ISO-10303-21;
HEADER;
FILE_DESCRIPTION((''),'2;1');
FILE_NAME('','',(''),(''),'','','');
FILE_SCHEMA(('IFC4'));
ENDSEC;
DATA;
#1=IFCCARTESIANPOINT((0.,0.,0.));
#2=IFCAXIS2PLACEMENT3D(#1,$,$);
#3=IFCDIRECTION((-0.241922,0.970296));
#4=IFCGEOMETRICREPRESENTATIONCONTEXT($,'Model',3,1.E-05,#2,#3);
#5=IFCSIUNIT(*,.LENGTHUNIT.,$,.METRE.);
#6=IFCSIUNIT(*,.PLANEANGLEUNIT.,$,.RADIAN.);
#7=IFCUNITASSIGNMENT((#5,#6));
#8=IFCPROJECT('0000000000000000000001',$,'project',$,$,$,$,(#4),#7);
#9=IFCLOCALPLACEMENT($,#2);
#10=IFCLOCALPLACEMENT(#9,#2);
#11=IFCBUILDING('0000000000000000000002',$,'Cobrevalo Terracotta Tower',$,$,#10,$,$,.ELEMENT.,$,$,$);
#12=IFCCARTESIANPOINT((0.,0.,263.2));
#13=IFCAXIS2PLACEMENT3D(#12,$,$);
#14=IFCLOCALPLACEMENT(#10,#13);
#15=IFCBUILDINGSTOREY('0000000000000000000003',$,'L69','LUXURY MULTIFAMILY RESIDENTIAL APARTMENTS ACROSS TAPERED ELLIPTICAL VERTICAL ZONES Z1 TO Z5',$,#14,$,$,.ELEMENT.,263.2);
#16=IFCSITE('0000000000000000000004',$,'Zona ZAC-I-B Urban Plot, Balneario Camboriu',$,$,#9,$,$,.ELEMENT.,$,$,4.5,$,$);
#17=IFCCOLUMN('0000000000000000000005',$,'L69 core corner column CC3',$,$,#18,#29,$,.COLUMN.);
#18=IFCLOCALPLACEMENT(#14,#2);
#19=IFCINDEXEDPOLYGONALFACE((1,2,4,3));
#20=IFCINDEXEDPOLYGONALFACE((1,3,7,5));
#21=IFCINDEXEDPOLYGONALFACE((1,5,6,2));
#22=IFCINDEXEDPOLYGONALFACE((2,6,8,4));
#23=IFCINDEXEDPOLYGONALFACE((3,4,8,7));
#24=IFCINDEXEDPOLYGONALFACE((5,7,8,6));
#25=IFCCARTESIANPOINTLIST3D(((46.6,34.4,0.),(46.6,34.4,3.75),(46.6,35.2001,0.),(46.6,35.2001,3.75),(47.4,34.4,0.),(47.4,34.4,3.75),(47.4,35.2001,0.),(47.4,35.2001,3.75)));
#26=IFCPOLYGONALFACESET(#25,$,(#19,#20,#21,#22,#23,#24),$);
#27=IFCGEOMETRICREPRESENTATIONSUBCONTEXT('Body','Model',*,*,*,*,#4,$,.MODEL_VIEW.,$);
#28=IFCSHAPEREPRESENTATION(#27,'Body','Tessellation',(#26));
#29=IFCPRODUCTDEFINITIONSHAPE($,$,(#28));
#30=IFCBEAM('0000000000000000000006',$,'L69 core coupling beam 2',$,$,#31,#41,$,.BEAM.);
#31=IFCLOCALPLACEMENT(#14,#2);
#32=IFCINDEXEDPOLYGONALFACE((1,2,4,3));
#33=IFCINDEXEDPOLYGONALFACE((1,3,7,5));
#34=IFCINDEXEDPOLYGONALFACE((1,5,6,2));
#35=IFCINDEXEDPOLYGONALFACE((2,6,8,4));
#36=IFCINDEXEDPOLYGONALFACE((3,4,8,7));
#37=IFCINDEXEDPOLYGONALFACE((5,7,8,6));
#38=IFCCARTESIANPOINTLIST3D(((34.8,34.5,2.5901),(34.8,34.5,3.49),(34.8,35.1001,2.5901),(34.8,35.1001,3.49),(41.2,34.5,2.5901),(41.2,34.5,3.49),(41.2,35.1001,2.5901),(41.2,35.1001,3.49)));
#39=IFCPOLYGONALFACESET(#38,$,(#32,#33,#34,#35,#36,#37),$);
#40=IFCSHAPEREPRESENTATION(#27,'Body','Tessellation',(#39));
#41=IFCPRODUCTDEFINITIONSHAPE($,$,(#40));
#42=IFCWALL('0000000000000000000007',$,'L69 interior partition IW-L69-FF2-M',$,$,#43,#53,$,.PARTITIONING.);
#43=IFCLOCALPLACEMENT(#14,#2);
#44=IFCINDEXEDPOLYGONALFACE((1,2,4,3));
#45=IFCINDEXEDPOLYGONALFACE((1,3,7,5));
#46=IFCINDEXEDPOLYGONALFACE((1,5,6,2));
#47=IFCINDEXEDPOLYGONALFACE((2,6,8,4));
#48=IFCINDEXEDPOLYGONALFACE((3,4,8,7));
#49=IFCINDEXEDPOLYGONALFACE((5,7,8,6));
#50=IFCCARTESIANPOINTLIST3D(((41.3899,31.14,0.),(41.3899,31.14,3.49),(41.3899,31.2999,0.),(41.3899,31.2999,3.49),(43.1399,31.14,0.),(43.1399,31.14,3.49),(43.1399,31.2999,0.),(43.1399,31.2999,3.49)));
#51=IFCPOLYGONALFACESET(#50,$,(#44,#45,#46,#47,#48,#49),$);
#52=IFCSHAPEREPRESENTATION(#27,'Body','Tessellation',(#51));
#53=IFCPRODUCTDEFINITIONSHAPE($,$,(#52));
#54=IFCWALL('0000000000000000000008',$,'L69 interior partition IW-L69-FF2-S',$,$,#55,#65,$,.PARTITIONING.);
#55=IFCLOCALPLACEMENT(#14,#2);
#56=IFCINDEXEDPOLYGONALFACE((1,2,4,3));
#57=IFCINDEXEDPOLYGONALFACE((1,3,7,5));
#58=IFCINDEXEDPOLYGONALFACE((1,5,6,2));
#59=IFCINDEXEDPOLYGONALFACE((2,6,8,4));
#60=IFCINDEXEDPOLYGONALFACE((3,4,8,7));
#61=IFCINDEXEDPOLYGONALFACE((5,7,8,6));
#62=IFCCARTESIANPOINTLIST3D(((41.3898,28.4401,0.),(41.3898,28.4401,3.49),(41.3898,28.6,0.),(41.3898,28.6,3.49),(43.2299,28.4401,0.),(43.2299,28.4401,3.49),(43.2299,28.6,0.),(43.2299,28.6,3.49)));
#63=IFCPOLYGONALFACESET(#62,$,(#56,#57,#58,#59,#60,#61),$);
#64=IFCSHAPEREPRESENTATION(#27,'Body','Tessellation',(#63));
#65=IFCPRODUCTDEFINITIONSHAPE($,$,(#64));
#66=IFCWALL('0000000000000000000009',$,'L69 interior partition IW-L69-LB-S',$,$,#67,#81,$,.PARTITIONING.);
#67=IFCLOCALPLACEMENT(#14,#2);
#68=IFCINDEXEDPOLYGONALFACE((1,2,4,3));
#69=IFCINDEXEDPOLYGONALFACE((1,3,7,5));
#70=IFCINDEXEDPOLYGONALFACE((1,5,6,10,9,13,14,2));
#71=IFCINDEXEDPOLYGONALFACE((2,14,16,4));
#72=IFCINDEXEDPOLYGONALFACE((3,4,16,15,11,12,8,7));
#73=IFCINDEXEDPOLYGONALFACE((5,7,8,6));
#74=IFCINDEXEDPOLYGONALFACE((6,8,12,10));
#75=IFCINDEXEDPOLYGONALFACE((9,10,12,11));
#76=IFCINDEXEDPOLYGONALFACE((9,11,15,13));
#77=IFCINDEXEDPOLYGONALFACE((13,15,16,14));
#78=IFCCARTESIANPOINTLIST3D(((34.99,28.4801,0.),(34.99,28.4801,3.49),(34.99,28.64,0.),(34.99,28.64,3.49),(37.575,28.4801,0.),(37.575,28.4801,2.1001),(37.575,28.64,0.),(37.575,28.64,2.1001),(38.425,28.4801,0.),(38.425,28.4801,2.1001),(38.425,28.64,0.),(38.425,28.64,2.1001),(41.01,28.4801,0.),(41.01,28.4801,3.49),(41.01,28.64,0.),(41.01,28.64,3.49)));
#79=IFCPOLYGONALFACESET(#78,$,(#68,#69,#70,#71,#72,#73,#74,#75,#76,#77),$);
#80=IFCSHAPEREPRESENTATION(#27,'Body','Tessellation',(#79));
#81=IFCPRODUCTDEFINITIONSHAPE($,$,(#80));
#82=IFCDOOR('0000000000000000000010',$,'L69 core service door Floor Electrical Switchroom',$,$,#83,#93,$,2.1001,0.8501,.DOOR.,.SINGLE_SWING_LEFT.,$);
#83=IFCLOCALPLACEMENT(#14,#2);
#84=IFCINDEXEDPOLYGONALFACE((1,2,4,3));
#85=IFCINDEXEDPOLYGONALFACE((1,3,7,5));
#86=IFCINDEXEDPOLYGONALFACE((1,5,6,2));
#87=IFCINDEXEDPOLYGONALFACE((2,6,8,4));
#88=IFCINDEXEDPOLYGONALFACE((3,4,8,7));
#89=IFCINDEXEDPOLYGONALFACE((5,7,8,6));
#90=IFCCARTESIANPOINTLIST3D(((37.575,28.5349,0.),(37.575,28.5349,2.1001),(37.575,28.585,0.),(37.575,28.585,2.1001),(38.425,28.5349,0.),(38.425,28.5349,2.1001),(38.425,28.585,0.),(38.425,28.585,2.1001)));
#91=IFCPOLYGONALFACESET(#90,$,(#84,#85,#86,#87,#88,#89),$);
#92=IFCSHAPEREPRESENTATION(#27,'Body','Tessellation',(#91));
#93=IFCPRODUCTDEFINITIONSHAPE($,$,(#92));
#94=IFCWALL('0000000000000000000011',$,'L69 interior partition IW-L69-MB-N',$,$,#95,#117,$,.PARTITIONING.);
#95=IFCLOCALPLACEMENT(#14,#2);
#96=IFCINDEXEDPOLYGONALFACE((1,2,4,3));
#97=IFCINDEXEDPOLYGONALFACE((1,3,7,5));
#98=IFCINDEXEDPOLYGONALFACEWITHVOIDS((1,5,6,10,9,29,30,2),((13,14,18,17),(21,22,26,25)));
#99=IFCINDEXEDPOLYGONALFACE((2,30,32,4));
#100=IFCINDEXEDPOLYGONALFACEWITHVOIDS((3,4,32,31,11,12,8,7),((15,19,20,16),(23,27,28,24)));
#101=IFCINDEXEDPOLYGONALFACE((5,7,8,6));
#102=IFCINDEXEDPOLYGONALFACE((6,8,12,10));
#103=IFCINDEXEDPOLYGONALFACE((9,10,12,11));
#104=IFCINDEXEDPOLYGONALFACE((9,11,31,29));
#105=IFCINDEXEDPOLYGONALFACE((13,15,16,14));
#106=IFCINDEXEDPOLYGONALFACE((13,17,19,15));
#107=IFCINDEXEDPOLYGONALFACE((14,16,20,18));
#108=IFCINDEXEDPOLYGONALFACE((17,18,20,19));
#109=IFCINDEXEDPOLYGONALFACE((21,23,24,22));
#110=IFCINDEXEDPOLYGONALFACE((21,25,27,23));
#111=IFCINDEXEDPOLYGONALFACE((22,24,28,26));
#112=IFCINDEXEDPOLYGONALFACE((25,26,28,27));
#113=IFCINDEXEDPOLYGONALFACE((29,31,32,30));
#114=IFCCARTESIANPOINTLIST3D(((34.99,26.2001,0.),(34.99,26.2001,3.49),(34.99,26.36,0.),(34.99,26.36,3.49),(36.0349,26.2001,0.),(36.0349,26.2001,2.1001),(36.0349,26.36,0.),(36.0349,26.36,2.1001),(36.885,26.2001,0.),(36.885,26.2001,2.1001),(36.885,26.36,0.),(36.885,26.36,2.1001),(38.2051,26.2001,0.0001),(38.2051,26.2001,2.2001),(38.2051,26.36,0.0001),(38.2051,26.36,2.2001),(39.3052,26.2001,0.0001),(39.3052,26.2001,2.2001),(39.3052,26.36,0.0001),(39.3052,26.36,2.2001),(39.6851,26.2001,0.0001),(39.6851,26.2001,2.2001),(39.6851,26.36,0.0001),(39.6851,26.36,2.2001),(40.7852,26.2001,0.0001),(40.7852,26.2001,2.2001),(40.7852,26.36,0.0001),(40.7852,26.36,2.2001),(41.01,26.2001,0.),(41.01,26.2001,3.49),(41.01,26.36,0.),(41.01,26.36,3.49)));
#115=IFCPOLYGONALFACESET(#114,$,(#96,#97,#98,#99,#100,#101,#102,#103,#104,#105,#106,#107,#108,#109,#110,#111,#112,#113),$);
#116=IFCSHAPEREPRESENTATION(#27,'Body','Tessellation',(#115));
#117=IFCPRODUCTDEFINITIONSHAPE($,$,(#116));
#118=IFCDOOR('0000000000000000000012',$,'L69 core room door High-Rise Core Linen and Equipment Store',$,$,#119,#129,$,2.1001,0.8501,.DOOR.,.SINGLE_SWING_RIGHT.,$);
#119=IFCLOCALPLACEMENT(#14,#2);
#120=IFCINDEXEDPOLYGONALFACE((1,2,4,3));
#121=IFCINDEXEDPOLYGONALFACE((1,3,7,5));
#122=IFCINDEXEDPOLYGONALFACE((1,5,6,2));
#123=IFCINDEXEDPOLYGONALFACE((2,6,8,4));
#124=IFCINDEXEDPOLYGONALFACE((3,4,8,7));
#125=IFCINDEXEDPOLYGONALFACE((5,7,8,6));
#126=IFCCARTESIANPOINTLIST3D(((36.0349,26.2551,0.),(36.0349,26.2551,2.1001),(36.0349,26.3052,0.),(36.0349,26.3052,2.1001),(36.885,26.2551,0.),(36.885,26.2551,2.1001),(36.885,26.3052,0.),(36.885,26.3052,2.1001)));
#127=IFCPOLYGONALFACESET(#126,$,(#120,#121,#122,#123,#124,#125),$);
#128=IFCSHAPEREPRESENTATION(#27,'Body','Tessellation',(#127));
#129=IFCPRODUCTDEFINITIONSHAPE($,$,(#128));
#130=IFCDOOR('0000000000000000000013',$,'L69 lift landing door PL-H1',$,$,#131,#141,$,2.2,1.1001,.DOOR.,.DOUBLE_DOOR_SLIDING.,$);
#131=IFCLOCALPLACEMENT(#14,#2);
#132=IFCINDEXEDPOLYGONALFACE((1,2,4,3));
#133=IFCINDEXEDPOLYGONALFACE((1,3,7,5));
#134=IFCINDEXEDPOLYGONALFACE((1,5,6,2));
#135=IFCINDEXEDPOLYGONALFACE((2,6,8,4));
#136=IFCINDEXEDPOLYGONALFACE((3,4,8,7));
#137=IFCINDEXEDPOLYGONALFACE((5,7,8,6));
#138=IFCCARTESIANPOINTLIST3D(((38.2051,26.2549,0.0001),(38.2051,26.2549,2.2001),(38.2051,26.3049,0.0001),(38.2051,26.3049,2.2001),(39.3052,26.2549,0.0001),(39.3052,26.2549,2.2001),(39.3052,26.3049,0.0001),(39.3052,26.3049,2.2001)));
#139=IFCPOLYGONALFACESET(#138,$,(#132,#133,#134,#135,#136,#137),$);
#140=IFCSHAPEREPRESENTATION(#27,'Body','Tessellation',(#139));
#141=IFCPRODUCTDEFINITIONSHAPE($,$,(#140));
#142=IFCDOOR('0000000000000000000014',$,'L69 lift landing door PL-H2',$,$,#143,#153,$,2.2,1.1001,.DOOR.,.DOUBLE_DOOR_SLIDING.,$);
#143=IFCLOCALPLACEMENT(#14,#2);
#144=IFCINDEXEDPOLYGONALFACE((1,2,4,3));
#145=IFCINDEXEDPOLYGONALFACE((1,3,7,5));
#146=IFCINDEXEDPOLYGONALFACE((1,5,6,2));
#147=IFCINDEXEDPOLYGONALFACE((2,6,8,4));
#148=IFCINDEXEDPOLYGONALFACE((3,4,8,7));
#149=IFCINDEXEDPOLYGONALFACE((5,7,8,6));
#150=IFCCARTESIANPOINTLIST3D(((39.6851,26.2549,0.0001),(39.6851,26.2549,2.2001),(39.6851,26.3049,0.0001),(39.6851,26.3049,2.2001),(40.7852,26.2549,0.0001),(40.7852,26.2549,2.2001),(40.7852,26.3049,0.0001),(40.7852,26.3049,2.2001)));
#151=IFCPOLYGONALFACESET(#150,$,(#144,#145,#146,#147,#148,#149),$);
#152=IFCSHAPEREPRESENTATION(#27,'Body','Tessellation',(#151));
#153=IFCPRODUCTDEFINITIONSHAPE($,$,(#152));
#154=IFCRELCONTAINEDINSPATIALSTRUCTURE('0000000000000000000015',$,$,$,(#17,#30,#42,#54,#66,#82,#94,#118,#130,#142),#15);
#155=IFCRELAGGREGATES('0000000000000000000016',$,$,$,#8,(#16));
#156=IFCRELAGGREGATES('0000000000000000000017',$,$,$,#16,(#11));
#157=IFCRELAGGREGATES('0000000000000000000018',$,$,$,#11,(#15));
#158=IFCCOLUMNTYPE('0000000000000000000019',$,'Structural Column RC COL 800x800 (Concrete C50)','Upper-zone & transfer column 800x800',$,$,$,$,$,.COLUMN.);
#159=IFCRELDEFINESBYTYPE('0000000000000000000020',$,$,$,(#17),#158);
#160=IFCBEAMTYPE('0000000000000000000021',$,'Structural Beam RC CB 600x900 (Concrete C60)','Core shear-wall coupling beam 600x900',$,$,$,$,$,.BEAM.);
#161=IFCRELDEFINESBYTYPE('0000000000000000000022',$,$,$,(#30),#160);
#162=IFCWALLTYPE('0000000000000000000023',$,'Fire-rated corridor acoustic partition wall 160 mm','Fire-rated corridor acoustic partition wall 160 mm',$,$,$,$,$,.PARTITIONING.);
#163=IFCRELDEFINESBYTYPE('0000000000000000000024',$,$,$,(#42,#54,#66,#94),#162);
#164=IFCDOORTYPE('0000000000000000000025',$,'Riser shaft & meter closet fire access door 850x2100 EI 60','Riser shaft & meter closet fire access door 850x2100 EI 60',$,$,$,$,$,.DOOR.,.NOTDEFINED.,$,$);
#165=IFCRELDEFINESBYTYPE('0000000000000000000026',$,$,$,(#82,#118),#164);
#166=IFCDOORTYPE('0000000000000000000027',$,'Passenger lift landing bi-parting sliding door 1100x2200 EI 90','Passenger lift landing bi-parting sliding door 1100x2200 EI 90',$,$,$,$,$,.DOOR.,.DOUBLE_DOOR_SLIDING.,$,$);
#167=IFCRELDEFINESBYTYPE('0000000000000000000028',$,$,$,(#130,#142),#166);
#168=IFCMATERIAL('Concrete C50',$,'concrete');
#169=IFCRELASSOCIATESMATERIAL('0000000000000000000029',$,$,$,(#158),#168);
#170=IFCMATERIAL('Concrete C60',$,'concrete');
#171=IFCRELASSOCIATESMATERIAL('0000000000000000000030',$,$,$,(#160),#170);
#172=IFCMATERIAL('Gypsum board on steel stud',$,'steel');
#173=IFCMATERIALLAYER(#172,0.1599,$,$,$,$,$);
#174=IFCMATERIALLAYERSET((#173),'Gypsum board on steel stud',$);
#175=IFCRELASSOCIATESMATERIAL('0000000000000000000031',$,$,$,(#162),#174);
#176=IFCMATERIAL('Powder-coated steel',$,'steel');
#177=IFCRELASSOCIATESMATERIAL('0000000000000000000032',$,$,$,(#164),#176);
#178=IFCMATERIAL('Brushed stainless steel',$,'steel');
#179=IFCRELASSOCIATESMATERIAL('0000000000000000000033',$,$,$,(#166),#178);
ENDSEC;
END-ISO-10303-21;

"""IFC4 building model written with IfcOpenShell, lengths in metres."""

from ifc_helpers import new_model, si_unit, direction, frame, frame_2d, origin, origin_2d, place, context, subcontext, project, spatial, rectangle, extrude, source, transform, mapped, material, layer, layer_set, material_profile, profile_set, type_object, element, fill, save


model = new_model("IFC4")

# Units and contexts
model_context = context("Model", 3, precision=1e-05, world=origin(), true_north=direction((-0.241922, 0.970296)))
body_context = subcontext(model_context, "Body", "Model", "MODEL_VIEW")
ifc_project = project(units=[si_unit("LENGTHUNIT", "METRE"), si_unit("PLANEANGLEUNIT", "RADIAN")], contexts=[model_context])

# Site, building, storey
site_placement = place(None, origin())
site = spatial("IfcSite", under=ifc_project, at=site_placement, Name="Zona ZAC-I-B Urban Plot, Balneario Camboriu", CompositionType="ELEMENT", RefElevation=4.5)
building_placement = place(site_placement, origin())
building = spatial("IfcBuilding", under=site, at=building_placement, Name="Cobrevalo Terracotta Tower", CompositionType="ELEMENT")
storey_placement = place(building_placement, frame((0.0, 0.0, 263.2)))
storey = spatial("IfcBuildingStorey", under=building, at=storey_placement, Name="L69", Description="LUXURY MULTIFAMILY RESIDENTIAL APARTMENTS ACROSS TAPERED ELLIPTICAL VERTICAL ZONES Z1 TO Z5", CompositionType="ELEMENT", Elevation=263.2)

# Column
ifc_material_1 = material(Name="Concrete C50", Category="concrete")
ifc_material_profile_1 = material_profile(ifc_material_1, rectangle(XDim=0.8, YDim=0.8, at=origin_2d()), Name="RC COL 800x800")
ifc_profile_set_1 = profile_set([ifc_material_profile_1], Name="Concrete C50")
column_type = type_object("IfcColumnType", Name="Structural Column RC COL 800x800 (Concrete C50)", Description="Upper-zone & transfer column 800x800", PredefinedType="COLUMN", material=ifc_profile_set_1)
column_placement = place(storey_placement, frame((47.0, 34.8, 0.0), z_axis=(0.0, 0.0, 1.0), x_axis=(1.0, 0.0, 0.0)))
element("IfcColumn", 1, at=column_placement, inside=storey, type_object=column_type, Name="L69 core corner column CC3", PredefinedType="COLUMN", context=body_context, shape_type="SweptSolid", body=[
    extrude(rectangle(XDim=0.8, YDim=0.8, at=origin_2d()), origin(), (0.0, 0.0, 1.0), 3.75),
])

# Beam
ifc_material_2 = material(Name="Concrete C60", Category="concrete")
ifc_material_profile_2 = material_profile(ifc_material_2, rectangle(XDim=0.6001, YDim=0.8999, at=origin_2d()), Name="RC CB 600x900")
ifc_profile_set_2 = profile_set([ifc_material_profile_2], Name="Concrete C60")
beam_type = type_object("IfcBeamType", Name="Structural Beam RC CB 600x900 (Concrete C60)", Description="Core shear-wall coupling beam 600x900", PredefinedType="BEAM", material=ifc_profile_set_2)
beam_placement = place(storey_placement, frame((34.8, 34.8, 3.04), z_axis=(1.0, 0.0, 0.0), x_axis=(0.0, 1.0, 0.0)))
element("IfcBeam", 2, at=beam_placement, inside=storey, type_object=beam_type, Name="L69 core coupling beam 2", PredefinedType="BEAM", context=body_context, shape_type="SweptSolid", body=[
    extrude(rectangle(XDim=0.6001, YDim=0.8999, at=origin_2d()), origin(), (0.0, 0.0, 1.0), 6.3999),
])

# Walls
ifc_material_3 = material(Name="Gypsum board on steel stud", Category="steel")
ifc_layer_1 = layer(ifc_material_3, 0.1599)
ifc_layer_set_1 = layer_set([ifc_layer_1], Name="Gypsum board on steel stud")
wall_type_1 = type_object("IfcWallType", Name="Fire-rated corridor acoustic partition wall 160 mm", Description="Fire-rated corridor acoustic partition wall 160 mm", PredefinedType="PARTITIONING", material=ifc_layer_set_1)
wall_1_placement = place(storey_placement, frame((41.3899, 31.22, 0.0), z_axis=(0.0, 0.0, 1.0), x_axis=(1.0, 0.0, 0.0)))
element("IfcWall", 3, at=wall_1_placement, inside=storey, type_object=wall_type_1, Name="L69 interior partition IW-L69-FF2-M", PredefinedType="PARTITIONING", context=body_context, shape_type="SweptSolid", body=[
    extrude(rectangle(XDim=1.75, YDim=0.1599, at=frame_2d((0.875, 0.0))), origin(), (0.0, 0.0, 1.0), 3.49),
])
wall_2_placement = place(storey_placement, frame((41.3899, 28.52, 0.0), z_axis=(0.0, 0.0, 1.0), x_axis=(1.0, 0.0, 0.0)))
element("IfcWall", 4, at=wall_2_placement, inside=storey, type_object=wall_type_1, Name="L69 interior partition IW-L69-FF2-S", PredefinedType="PARTITIONING", context=body_context, shape_type="SweptSolid", body=[
    extrude(rectangle(XDim=1.8401, YDim=0.1599, at=frame_2d((0.9199, 0.0))), origin(), (0.0, 0.0, 1.0), 3.49),
])

# Wall, opening, door
wall_3_placement = place(storey_placement, frame((34.99, 28.5601, 0.0), z_axis=(0.0, 0.0, 1.0), x_axis=(1.0, 0.0, 0.0)))
wall_3 = element("IfcWall", 5, at=wall_3_placement, inside=storey, type_object=wall_type_1, Name="L69 interior partition IW-L69-LB-S", PredefinedType="PARTITIONING", context=body_context, shape_type="SweptSolid", body=[
    extrude(rectangle(XDim=6.02, YDim=0.1599, at=frame_2d((3.01, 0.0))), origin(), (0.0, 0.0, 1.0), 3.49),
])
opening_1_placement = place(wall_3_placement, frame((2.585, 0.0, 0.0)))
opening_1 = element("IfcOpeningElement", 6, at=opening_1_placement, cuts=wall_3, PredefinedType="OPENING", context=body_context, shape_type="SweptSolid", body=[
    extrude(rectangle(XDim=0.8501, YDim=2.1001, at=frame_2d((0.425, 1.05))), frame((0.0, 0.0898, 0.0), z_axis=(0.0, -1.0, 0.0), x_axis=(1.0, 0.0, 0.0)), (0.0, 0.0, 1.0), 0.1799),
])
ifc_material_4 = material(Name="Powder-coated steel", Category="steel")
door_type_1 = type_object("IfcDoorType", Name="Riser shaft & meter closet fire access door 850x2100 EI 60", Description="Riser shaft & meter closet fire access door 850x2100 EI 60", OperationType="NOTDEFINED", PredefinedType="DOOR", material=ifc_material_4)
shared_shape_1 = source(origin(), body_context, "Body", "SweptSolid", [
    extrude(rectangle(XDim=0.8501, YDim=2.1001, at=frame_2d((0.425, 1.05))), frame((0.0, 0.0249, 0.0), z_axis=(0.0, -1.0, 0.0), x_axis=(1.0, 0.0, 0.0)), (0.0, 0.0, 1.0), 0.05),
])
door_1_placement = place(opening_1_placement, origin())
door_1 = element("IfcDoor", 7, at=door_1_placement, inside=storey, type_object=door_type_1, Name="L69 core service door Floor Electrical Switchroom", OperationType="SINGLE_SWING_LEFT", OverallHeight=2.1001, OverallWidth=0.8501, PredefinedType="DOOR", context=body_context, shape_type="MappedRepresentation", body=[
    mapped(shared_shape_1, transform((0.0, 0.0, 0.0), scale=1.0)),
])
fill(opening_1, door_1)

# Wall, openings, doors
wall_4_placement = place(storey_placement, frame((34.99, 26.28, 0.0), z_axis=(0.0, 0.0, 1.0), x_axis=(1.0, 0.0, 0.0)))
wall_4 = element("IfcWall", 8, at=wall_4_placement, inside=storey, type_object=wall_type_1, Name="L69 interior partition IW-L69-MB-N", PredefinedType="PARTITIONING", context=body_context, shape_type="SweptSolid", body=[
    extrude(rectangle(XDim=6.02, YDim=0.1599, at=frame_2d((3.01, 0.0))), origin(), (0.0, 0.0, 1.0), 3.49),
])
opening_2_placement = place(wall_4_placement, frame((1.0449, 0.0, 0.0)))
opening_2 = element("IfcOpeningElement", 9, at=opening_2_placement, cuts=wall_4, PredefinedType="OPENING", context=body_context, shape_type="SweptSolid", body=[
    extrude(rectangle(XDim=0.8501, YDim=2.1001, at=frame_2d((0.425, 1.05))), frame((0.0, 0.0898, 0.0), z_axis=(0.0, -1.0, 0.0), x_axis=(1.0, 0.0, 0.0)), (0.0, 0.0, 1.0), 0.1799),
])
opening_3_placement = place(wall_4_placement, frame((3.2151, 0.0, 0.0)))
opening_3 = element("IfcOpeningElement", 10, at=opening_3_placement, cuts=wall_4, PredefinedType="OPENING", context=body_context, shape_type="SweptSolid", body=[
    extrude(rectangle(XDim=1.1001, YDim=2.2, at=frame_2d((0.55, 1.1001))), frame((0.0, 0.0898, 0.0), z_axis=(0.0, -1.0, 0.0), x_axis=(1.0, 0.0, 0.0)), (0.0, 0.0, 1.0), 0.1799),
])
opening_4_placement = place(wall_4_placement, frame((4.6951, 0.0, 0.0)))
opening_4 = element("IfcOpeningElement", 11, at=opening_4_placement, cuts=wall_4, PredefinedType="OPENING", context=body_context, shape_type="SweptSolid", body=[
    extrude(rectangle(XDim=1.1001, YDim=2.2, at=frame_2d((0.55, 1.1001))), frame((0.0, 0.0898, 0.0), z_axis=(0.0, -1.0, 0.0), x_axis=(1.0, 0.0, 0.0)), (0.0, 0.0, 1.0), 0.1799),
])
door_2_placement = place(opening_2_placement, frame((0.8501, 0.0, 0.0), z_axis=(0.0, 0.0, 1.0), x_axis=(-1.0, 0.0, 0.0)))
door_2 = element("IfcDoor", 12, at=door_2_placement, inside=storey, type_object=door_type_1, Name="L69 core room door High-Rise Core Linen and Equipment Store", OperationType="SINGLE_SWING_RIGHT", OverallHeight=2.1001, OverallWidth=0.8501, PredefinedType="DOOR", context=body_context, shape_type="MappedRepresentation", body=[
    mapped(shared_shape_1, transform((0.0, 0.0, 0.0), scale=1.0)),
])
fill(opening_2, door_2)
ifc_material_5 = material(Name="Brushed stainless steel", Category="steel")
door_type_2 = type_object("IfcDoorType", Name="Passenger lift landing bi-parting sliding door 1100x2200 EI 90", Description="Passenger lift landing bi-parting sliding door 1100x2200 EI 90", OperationType="DOUBLE_DOOR_SLIDING", PredefinedType="DOOR", material=ifc_material_5)
shared_shape_2 = source(origin(), body_context, "Body", "SweptSolid", [
    extrude(rectangle(XDim=1.1001, YDim=2.2, at=frame_2d((0.55, 1.1001))), frame((0.0, 0.0249, 0.0), z_axis=(0.0, -1.0, 0.0), x_axis=(1.0, 0.0, 0.0)), (0.0, 0.0, 1.0), 0.05),
])
door_3_placement = place(opening_3_placement, origin())
door_3 = element("IfcDoor", 13, at=door_3_placement, inside=storey, type_object=door_type_2, Name="L69 lift landing door PL-H1", OperationType="DOUBLE_DOOR_SLIDING", OverallHeight=2.2, OverallWidth=1.1001, PredefinedType="DOOR", context=body_context, shape_type="MappedRepresentation", body=[
    mapped(shared_shape_2, transform((0.0, 0.0, 0.0), scale=1.0)),
])
fill(opening_3, door_3)
door_4_placement = place(opening_4_placement, origin())
door_4 = element("IfcDoor", 14, at=door_4_placement, inside=storey, type_object=door_type_2, Name="L69 lift landing door PL-H2", OperationType="DOUBLE_DOOR_SLIDING", OverallHeight=2.2, OverallWidth=1.1001, PredefinedType="DOOR", context=body_context, shape_type="MappedRepresentation", body=[
    mapped(shared_shape_2, transform((0.0, 0.0, 0.0), scale=1.0)),
])
fill(opening_4, door_4)

save(model, "model.ifc")
